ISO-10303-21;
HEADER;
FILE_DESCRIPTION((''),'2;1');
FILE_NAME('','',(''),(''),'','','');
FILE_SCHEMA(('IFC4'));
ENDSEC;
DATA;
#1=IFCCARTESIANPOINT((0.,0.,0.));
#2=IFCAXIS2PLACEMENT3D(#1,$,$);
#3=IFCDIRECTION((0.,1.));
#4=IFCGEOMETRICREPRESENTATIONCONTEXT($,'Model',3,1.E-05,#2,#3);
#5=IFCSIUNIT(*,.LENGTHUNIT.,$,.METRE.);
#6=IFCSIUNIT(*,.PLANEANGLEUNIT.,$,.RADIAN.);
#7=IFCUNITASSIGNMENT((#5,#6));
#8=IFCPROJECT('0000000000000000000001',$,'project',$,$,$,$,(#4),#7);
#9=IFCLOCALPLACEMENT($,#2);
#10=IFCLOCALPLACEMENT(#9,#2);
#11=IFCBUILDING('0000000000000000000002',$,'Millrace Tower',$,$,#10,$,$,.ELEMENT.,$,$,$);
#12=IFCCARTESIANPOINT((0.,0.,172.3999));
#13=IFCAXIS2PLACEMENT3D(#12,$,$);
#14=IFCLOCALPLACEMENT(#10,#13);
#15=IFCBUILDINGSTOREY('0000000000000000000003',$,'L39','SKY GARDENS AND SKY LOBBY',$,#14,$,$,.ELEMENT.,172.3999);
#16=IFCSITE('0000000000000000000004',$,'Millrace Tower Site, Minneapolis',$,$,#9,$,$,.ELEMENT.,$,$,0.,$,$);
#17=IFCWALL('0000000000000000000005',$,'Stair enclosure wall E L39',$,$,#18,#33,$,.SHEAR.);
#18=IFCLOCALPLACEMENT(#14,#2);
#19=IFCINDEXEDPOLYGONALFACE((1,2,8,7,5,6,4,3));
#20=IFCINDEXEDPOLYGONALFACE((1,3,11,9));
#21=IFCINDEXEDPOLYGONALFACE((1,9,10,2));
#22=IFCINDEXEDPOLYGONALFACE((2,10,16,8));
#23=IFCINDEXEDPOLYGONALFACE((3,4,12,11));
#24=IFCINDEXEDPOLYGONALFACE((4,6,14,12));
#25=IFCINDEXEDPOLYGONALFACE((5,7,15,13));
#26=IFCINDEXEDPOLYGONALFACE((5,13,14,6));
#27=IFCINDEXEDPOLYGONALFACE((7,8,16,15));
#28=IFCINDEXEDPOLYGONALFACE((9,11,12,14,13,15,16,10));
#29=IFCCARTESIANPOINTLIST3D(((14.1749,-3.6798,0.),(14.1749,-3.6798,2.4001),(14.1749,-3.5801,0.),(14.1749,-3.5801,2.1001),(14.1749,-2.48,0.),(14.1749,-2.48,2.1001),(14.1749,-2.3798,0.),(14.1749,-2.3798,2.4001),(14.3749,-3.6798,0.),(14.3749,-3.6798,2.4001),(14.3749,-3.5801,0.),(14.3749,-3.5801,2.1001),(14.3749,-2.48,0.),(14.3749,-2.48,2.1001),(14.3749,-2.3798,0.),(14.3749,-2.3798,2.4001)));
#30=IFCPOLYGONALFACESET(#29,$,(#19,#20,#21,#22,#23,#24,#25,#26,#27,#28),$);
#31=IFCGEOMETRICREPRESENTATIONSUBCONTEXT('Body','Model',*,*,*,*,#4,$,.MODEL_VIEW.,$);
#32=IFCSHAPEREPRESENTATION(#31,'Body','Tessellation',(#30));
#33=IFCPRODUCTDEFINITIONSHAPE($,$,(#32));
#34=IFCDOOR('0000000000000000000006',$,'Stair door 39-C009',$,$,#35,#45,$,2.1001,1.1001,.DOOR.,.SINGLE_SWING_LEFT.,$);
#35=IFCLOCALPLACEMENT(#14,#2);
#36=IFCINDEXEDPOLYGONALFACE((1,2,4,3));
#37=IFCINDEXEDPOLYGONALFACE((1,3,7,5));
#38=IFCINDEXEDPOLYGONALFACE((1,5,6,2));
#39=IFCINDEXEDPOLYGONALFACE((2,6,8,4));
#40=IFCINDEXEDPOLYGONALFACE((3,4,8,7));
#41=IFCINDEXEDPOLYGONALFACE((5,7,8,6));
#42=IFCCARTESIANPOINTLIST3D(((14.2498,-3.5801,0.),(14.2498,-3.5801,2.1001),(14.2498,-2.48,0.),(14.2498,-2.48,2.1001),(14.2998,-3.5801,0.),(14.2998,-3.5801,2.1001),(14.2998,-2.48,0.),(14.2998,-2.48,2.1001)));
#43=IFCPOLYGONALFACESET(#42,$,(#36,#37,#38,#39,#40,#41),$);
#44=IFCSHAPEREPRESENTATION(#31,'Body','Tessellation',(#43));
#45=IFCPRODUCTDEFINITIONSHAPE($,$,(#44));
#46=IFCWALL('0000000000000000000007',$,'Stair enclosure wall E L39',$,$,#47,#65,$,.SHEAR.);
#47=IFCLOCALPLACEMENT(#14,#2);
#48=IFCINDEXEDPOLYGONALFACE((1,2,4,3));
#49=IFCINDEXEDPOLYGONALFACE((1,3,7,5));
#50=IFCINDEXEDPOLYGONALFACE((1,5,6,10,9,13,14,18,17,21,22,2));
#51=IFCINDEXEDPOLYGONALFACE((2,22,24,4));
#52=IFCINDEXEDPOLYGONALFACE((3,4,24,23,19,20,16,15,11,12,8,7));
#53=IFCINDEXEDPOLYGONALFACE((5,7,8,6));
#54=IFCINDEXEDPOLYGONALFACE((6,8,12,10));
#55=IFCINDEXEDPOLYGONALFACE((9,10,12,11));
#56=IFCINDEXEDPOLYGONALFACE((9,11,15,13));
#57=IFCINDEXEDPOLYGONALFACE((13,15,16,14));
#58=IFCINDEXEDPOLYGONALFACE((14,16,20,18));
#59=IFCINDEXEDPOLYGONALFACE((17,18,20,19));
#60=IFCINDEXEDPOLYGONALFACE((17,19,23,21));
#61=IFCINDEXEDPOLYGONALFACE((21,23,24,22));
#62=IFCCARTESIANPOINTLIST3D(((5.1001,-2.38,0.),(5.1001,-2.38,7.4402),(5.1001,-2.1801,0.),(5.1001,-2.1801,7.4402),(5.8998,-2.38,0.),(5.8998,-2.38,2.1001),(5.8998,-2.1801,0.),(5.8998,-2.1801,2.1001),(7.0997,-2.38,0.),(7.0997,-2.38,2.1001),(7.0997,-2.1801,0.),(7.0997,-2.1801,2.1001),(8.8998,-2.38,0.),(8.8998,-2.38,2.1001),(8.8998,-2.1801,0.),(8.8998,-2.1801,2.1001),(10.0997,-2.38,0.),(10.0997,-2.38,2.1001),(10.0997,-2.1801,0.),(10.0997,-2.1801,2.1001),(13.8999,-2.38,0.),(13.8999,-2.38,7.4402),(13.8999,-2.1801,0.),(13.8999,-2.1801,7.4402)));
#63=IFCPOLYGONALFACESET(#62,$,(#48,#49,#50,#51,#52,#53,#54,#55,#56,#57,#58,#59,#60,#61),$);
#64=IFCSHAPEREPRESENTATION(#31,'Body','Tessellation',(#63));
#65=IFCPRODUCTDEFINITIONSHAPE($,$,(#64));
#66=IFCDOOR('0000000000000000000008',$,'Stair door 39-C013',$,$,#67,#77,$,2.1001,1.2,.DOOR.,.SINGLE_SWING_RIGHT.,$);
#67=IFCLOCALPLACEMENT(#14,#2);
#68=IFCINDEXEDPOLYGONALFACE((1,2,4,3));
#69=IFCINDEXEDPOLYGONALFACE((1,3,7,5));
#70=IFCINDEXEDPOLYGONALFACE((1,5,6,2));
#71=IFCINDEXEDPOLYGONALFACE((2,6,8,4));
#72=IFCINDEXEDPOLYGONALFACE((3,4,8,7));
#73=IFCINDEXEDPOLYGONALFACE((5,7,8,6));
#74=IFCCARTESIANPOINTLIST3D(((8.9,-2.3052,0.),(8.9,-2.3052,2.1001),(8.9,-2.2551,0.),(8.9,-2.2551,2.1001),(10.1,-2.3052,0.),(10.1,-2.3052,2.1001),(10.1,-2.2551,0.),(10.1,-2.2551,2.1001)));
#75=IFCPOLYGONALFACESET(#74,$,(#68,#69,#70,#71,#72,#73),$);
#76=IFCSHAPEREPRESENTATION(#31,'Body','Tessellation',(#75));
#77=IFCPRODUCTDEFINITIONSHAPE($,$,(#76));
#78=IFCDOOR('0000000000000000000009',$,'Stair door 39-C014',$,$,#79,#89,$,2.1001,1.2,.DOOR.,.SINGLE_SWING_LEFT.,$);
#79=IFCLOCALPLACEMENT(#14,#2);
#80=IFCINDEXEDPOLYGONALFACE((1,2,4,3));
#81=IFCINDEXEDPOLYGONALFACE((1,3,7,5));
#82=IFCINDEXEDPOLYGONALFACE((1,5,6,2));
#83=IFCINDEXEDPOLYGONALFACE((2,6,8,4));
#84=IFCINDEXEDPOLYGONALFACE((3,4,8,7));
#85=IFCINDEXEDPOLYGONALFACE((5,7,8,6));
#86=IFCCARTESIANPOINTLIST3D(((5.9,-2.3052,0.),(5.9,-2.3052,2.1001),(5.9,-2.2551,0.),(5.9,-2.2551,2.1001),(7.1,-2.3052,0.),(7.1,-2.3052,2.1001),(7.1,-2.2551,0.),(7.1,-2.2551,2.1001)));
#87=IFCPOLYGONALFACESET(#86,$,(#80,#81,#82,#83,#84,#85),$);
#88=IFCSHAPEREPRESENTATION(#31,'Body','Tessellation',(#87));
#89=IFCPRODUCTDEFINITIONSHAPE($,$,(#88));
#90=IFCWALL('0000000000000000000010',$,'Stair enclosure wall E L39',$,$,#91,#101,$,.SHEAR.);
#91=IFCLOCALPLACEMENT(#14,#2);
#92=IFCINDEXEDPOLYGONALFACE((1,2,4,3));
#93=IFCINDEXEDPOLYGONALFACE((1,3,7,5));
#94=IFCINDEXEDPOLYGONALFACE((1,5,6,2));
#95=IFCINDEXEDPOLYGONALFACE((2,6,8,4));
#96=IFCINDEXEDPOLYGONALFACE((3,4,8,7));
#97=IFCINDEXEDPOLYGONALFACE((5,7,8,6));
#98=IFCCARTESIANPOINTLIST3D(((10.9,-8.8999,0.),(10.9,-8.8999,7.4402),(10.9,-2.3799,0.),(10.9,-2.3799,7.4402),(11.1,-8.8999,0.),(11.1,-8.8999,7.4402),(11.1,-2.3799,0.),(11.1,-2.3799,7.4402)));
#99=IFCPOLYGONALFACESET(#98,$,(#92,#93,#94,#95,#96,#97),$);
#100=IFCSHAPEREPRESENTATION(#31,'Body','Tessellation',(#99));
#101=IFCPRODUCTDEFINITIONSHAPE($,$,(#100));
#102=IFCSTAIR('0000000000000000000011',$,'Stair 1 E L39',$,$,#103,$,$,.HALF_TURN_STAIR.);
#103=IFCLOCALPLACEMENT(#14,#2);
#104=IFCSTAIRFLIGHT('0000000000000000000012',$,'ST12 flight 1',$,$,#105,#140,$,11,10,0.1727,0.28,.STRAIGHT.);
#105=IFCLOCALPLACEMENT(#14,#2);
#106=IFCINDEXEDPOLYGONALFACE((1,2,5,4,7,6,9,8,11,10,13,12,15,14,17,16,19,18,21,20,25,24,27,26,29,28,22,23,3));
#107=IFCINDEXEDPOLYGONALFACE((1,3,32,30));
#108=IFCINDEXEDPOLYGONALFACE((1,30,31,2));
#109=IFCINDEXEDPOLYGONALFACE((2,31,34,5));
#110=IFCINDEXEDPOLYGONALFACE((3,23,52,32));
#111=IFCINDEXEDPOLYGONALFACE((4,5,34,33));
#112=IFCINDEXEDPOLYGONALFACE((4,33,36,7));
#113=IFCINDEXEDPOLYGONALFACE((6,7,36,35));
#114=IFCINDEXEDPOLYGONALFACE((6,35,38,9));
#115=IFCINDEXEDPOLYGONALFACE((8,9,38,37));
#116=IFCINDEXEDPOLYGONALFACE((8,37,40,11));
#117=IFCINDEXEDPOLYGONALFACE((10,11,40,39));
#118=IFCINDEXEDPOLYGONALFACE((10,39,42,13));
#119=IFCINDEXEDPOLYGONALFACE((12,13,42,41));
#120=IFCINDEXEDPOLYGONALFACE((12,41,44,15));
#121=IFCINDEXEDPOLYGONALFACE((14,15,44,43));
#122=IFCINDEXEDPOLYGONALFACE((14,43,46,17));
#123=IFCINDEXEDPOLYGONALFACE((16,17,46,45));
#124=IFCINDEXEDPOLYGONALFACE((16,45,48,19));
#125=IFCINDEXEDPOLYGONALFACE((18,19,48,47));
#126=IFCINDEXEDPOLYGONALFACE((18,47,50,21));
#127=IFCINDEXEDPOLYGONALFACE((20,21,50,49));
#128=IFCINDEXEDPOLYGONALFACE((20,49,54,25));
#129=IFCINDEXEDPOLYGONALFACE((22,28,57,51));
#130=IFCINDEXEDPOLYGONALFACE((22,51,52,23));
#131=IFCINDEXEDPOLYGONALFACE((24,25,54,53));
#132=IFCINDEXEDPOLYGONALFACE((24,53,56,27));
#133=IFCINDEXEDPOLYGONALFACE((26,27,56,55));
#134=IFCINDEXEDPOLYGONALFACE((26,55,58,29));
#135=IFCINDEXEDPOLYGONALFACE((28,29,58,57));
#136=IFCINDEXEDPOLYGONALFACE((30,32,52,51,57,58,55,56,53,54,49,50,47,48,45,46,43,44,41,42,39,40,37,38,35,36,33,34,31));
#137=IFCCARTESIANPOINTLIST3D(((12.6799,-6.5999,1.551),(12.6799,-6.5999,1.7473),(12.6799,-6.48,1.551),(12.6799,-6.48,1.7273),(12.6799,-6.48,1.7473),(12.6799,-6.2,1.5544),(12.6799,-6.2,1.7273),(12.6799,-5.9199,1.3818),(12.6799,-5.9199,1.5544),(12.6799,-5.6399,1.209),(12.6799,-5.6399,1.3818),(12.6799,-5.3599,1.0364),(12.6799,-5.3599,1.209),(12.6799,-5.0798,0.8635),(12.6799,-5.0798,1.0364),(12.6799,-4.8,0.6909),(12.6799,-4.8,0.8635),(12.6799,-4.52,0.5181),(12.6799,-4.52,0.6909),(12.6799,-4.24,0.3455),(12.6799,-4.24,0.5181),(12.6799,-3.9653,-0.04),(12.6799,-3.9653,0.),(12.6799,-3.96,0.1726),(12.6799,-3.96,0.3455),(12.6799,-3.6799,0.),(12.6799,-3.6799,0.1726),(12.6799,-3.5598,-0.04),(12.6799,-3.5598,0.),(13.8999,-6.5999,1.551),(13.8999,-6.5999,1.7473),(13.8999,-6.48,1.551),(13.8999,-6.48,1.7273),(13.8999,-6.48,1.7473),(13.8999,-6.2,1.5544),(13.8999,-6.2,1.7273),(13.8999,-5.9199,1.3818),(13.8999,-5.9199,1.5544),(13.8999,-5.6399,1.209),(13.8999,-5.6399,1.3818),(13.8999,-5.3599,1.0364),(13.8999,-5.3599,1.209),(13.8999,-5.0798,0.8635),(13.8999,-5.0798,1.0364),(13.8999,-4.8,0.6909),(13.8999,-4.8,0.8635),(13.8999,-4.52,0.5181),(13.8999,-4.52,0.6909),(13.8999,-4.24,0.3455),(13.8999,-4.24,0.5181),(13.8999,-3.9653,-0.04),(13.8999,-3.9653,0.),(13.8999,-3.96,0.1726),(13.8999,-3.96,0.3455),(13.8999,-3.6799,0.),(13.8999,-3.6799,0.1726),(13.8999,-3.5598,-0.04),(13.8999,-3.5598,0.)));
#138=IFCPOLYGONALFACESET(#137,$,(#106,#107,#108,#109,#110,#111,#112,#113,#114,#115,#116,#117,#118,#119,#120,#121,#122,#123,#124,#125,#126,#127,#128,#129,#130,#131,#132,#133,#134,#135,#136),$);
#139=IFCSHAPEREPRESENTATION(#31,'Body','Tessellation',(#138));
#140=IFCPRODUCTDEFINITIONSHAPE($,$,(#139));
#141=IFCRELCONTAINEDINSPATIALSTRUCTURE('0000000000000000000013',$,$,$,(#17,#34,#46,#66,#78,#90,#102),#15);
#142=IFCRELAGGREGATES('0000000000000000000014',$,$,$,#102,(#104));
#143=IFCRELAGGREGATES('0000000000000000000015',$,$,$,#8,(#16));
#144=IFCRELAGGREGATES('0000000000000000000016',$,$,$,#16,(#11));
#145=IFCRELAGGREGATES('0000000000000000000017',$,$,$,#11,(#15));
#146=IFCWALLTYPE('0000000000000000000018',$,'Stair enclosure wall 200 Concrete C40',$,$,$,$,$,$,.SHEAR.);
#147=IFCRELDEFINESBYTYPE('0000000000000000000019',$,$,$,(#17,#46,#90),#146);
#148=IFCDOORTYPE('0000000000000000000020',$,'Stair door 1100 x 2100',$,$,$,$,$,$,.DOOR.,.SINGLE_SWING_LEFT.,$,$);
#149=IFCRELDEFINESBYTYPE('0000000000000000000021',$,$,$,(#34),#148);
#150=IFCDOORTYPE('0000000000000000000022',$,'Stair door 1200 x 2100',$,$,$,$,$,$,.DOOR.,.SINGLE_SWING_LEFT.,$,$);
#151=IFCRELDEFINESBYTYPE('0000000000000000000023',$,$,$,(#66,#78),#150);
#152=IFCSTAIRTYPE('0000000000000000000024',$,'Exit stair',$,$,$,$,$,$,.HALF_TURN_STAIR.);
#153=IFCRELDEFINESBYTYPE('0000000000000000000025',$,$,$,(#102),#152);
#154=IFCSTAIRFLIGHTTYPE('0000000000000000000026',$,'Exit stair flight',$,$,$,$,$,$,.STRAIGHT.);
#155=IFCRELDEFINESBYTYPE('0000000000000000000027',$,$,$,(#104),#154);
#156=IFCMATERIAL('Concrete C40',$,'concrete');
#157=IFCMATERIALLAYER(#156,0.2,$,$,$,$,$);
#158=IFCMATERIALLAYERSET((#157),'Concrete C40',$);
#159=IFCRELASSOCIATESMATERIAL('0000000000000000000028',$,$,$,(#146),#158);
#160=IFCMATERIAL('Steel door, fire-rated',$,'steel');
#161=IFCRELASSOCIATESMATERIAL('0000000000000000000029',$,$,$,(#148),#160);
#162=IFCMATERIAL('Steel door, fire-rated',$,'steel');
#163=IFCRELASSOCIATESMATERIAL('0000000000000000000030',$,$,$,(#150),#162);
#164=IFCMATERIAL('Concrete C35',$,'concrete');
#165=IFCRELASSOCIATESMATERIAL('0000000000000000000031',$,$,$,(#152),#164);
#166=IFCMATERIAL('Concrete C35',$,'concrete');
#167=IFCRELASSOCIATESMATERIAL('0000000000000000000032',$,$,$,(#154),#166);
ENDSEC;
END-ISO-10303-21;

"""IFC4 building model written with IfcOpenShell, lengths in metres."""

from ifc_helpers import new_model, si_unit, direction, frame, frame_2d, origin, place, context, subcontext, project, spatial, polyline, rectangle, outline, extrude, material, layer, layer_set, type_object, element, fill, aggregate, save


model = new_model("IFC4")

# Units and contexts
model_context = context("Model", 3, precision=1e-05, world=origin(), true_north=direction((0.0, 1.0)))
body_context = subcontext(model_context, "Body", "Model", "MODEL_VIEW")
ifc_project = project(units=[si_unit("LENGTHUNIT", "METRE"), si_unit("PLANEANGLEUNIT", "RADIAN")], contexts=[model_context])

# Site, building, storey
site_placement = place(None, origin())
site = spatial("IfcSite", under=ifc_project, at=site_placement, Name="Millrace Tower Site, Minneapolis", CompositionType="ELEMENT", RefElevation=0.0)
building_placement = place(site_placement, origin())
building = spatial("IfcBuilding", under=site, at=building_placement, Name="Millrace Tower", CompositionType="ELEMENT")
storey_placement = place(building_placement, frame((0.0, 0.0, 172.3999)))
storey = spatial("IfcBuildingStorey", under=building, at=storey_placement, Name="L39", Description="SKY GARDENS AND SKY LOBBY", CompositionType="ELEMENT", Elevation=172.3999)

# Shared definitions
placement = place(storey_placement, origin())

# Wall, opening, door
ifc_material_1 = material(Name="Concrete C40", Category="concrete")
ifc_layer_1 = layer(ifc_material_1, 0.2)
ifc_layer_set_1 = layer_set([ifc_layer_1], Name="Concrete C40")
wall_type_1 = type_object("IfcWallType", Name="Stair enclosure wall 200 Concrete C40", PredefinedType="SHEAR", material=ifc_layer_set_1)
wall_1_placement = place(storey_placement, frame((14.2749, -2.3799, 0.0), z_axis=(0.0, 0.0, 1.0), x_axis=(0.0, -1.0, 0.0)))
wall_1 = element("IfcWall", 1, at=wall_1_placement, inside=storey, type_object=wall_type_1, Name="Stair enclosure wall E L39", PredefinedType="SHEAR", context=body_context, shape_type="SweptSolid", body=[
    extrude(rectangle(XDim=1.3, YDim=0.2, at=frame_2d((0.6499, 0.0))), origin(), (0.0, 0.0, 1.0), 2.4001),
])
opening_1_placement = place(wall_1_placement, frame((0.1001, 0.0, 0.0)))
opening_1 = element("IfcOpeningElement", 2, at=opening_1_placement, cuts=wall_1, PredefinedType="OPENING", context=body_context, shape_type="SweptSolid", body=[
    extrude(rectangle(XDim=1.1001, YDim=2.1001, at=frame_2d((0.55, 1.05))), frame((0.0, 0.1099, 0.0), z_axis=(0.0, -1.0, 0.0), x_axis=(1.0, 0.0, 0.0)), (0.0, 0.0, 1.0), 0.22),
])
ifc_material_2 = material(Name="Steel door, fire-rated", Category="steel")
door_type_1 = type_object("IfcDoorType", Name="Stair door 1100 x 2100", OperationType="SINGLE_SWING_LEFT", PredefinedType="DOOR", material=ifc_material_2)
door_1_placement = place(opening_1_placement, origin())
door_1 = element("IfcDoor", 3, at=door_1_placement, inside=storey, type_object=door_type_1, Name="Stair door 39-C009", OperationType="SINGLE_SWING_LEFT", OverallHeight=2.1001, OverallWidth=1.1001, PredefinedType="DOOR", context=body_context, shape_type="SweptSolid", body=[
    extrude(rectangle(XDim=1.1001, YDim=2.1001, at=frame_2d((0.55, 1.05))), frame((0.0, 0.0249, 0.0), z_axis=(0.0, -1.0, 0.0), x_axis=(1.0, 0.0, 0.0)), (0.0, 0.0, 1.0), 0.05),
])
fill(opening_1, door_1)

# Wall, openings, doors
wall_2_placement = place(storey_placement, frame((13.8999, -2.28, 0.0), z_axis=(0.0, 0.0, 1.0), x_axis=(-1.0, 0.0, 0.0)))
wall_2 = element("IfcWall", 4, at=wall_2_placement, inside=storey, type_object=wall_type_1, Name="Stair enclosure wall E L39", PredefinedType="SHEAR", context=body_context, shape_type="SweptSolid", body=[
    extrude(rectangle(XDim=8.7998, YDim=0.2, at=frame_2d((4.3999, 0.0))), origin(), (0.0, 0.0, 1.0), 7.4402),
])
opening_2_placement = place(wall_2_placement, frame((3.8, 0.0, 0.0)))
opening_2 = element("IfcOpeningElement", 5, at=opening_2_placement, cuts=wall_2, PredefinedType="OPENING", context=body_context, shape_type="SweptSolid", body=[
    extrude(rectangle(XDim=1.2, YDim=2.1001, at=frame_2d((0.6001, 1.05))), frame((0.0, 0.1099, 0.0), z_axis=(0.0, -1.0, 0.0), x_axis=(1.0, 0.0, 0.0)), (0.0, 0.0, 1.0), 0.22),
])
opening_3_placement = place(wall_2_placement, frame((6.8, 0.0, 0.0)))
opening_3 = element("IfcOpeningElement", 6, at=opening_3_placement, cuts=wall_2, PredefinedType="OPENING", context=body_context, shape_type="SweptSolid", body=[
    extrude(rectangle(XDim=1.2, YDim=2.1001, at=frame_2d((0.6001, 1.05))), frame((0.0, 0.1099, 0.0), z_axis=(0.0, -1.0, 0.0), x_axis=(1.0, 0.0, 0.0)), (0.0, 0.0, 1.0), 0.22),
])
ifc_material_3 = material(Name="Steel door, fire-rated", Category="steel")
door_type_2 = type_object("IfcDoorType", Name="Stair door 1200 x 2100", OperationType="SINGLE_SWING_LEFT", PredefinedType="DOOR", material=ifc_material_3)
door_2_placement = place(opening_2_placement, frame((1.2, 0.0, 0.0), z_axis=(0.0, 0.0, 1.0), x_axis=(-1.0, 0.0, 0.0)))
door_2 = element("IfcDoor", 7, at=door_2_placement, inside=storey, type_object=door_type_2, Name="Stair door 39-C013", OperationType="SINGLE_SWING_RIGHT", OverallHeight=2.1001, OverallWidth=1.2, PredefinedType="DOOR", context=body_context, shape_type="SweptSolid", body=[
    extrude(rectangle(XDim=1.2, YDim=2.1001, at=frame_2d((0.6001, 1.05))), frame((0.0, 0.0249, 0.0), z_axis=(0.0, -1.0, 0.0), x_axis=(1.0, 0.0, 0.0)), (0.0, 0.0, 1.0), 0.05),
])
fill(opening_2, door_2)
door_3_placement = place(opening_3_placement, frame((1.2, 0.0, 0.0), z_axis=(0.0, 0.0, 1.0), x_axis=(-1.0, 0.0, 0.0)))
door_3 = element("IfcDoor", 8, at=door_3_placement, inside=storey, type_object=door_type_2, Name="Stair door 39-C014", OperationType="SINGLE_SWING_LEFT", OverallHeight=2.1001, OverallWidth=1.2, PredefinedType="DOOR", context=body_context, shape_type="SweptSolid", body=[
    extrude(rectangle(XDim=1.2, YDim=2.1001, at=frame_2d((0.6001, 1.05))), frame((0.0, 0.0249, 0.0), z_axis=(0.0, -1.0, 0.0), x_axis=(1.0, 0.0, 0.0)), (0.0, 0.0, 1.0), 0.05),
])
fill(opening_3, door_3)

# Wall
wall_3_placement = place(storey_placement, frame((11.0, -2.3799, 0.0), z_axis=(0.0, 0.0, 1.0), x_axis=(0.0, -1.0, 0.0)))
element("IfcWall", 9, at=wall_3_placement, inside=storey, type_object=wall_type_1, Name="Stair enclosure wall E L39", PredefinedType="SHEAR", context=body_context, shape_type="SweptSolid", body=[
    extrude(rectangle(XDim=6.52, YDim=0.2, at=frame_2d((3.26, 0.0))), origin(), (0.0, 0.0, 1.0), 7.4402),
])

# Stair, stair flight
ifc_material_4 = material(Name="Concrete C35", Category="concrete")
stair_type = type_object("IfcStairType", Name="Exit stair", PredefinedType="HALF_TURN_STAIR", material=ifc_material_4)
stair = element("IfcStair", 10, at=placement, inside=storey, type_object=stair_type, Name="Stair 1 E L39", PredefinedType="HALF_TURN_STAIR")
ifc_material_5 = material(Name="Concrete C35", Category="concrete")
stair_flight_type = type_object("IfcStairFlightType", Name="Exit stair flight", PredefinedType="STRAIGHT", material=ifc_material_5)
stair_flight_1_placement = place(storey_placement, frame((13.29, -3.6799, 0.0), z_axis=(0.0, 0.0, 1.0), x_axis=(0.0, -1.0, 0.0)))
stair_flight_1 = element("IfcStairFlight", 11, at=stair_flight_1_placement, type_object=stair_flight_type, Name="ST12 flight 1", NumberOfRisers=11, NumberOfTreads=10, PredefinedType="STRAIGHT", RiserHeight=0.1727, TreadLength=0.28, context=body_context, shape_type="SweptSolid", body=[
    extrude(outline(polyline([(-0.1201, -0.04), (-0.1201, 0.0), (0.0, 0.0), (0.0, 0.1726), (0.28, 0.1726), (0.28, 0.3455), (0.5601, 0.3455), (0.5601, 0.5181), (0.8401, 0.5181), (0.8401, 0.6909), (1.1201, 0.6909), (1.1201, 0.8635), (1.3999, 0.8635), (1.3999, 1.0364), (1.6799, 1.0364), (1.6799, 1.209), (1.96, 1.209), (1.96, 1.3818), (2.24, 1.3818), (2.24, 1.5544), (2.52, 1.5544), (2.52, 1.7273), (2.8, 1.7273), (2.8, 1.7473), (2.9199, 1.7473), (2.9199, 1.551), (2.8, 1.551), (0.2854, 0.0), (0.2854, -0.04), (-0.1201, -0.04)])), frame((0.0, 0.6099, 0.0), z_axis=(0.0, -1.0, 0.0), x_axis=(1.0, 0.0, 0.0)), (0.0, 0.0, 1.0), 1.22),
])
aggregate(stair, [stair_flight_1])

save(model, "model.ifc")
